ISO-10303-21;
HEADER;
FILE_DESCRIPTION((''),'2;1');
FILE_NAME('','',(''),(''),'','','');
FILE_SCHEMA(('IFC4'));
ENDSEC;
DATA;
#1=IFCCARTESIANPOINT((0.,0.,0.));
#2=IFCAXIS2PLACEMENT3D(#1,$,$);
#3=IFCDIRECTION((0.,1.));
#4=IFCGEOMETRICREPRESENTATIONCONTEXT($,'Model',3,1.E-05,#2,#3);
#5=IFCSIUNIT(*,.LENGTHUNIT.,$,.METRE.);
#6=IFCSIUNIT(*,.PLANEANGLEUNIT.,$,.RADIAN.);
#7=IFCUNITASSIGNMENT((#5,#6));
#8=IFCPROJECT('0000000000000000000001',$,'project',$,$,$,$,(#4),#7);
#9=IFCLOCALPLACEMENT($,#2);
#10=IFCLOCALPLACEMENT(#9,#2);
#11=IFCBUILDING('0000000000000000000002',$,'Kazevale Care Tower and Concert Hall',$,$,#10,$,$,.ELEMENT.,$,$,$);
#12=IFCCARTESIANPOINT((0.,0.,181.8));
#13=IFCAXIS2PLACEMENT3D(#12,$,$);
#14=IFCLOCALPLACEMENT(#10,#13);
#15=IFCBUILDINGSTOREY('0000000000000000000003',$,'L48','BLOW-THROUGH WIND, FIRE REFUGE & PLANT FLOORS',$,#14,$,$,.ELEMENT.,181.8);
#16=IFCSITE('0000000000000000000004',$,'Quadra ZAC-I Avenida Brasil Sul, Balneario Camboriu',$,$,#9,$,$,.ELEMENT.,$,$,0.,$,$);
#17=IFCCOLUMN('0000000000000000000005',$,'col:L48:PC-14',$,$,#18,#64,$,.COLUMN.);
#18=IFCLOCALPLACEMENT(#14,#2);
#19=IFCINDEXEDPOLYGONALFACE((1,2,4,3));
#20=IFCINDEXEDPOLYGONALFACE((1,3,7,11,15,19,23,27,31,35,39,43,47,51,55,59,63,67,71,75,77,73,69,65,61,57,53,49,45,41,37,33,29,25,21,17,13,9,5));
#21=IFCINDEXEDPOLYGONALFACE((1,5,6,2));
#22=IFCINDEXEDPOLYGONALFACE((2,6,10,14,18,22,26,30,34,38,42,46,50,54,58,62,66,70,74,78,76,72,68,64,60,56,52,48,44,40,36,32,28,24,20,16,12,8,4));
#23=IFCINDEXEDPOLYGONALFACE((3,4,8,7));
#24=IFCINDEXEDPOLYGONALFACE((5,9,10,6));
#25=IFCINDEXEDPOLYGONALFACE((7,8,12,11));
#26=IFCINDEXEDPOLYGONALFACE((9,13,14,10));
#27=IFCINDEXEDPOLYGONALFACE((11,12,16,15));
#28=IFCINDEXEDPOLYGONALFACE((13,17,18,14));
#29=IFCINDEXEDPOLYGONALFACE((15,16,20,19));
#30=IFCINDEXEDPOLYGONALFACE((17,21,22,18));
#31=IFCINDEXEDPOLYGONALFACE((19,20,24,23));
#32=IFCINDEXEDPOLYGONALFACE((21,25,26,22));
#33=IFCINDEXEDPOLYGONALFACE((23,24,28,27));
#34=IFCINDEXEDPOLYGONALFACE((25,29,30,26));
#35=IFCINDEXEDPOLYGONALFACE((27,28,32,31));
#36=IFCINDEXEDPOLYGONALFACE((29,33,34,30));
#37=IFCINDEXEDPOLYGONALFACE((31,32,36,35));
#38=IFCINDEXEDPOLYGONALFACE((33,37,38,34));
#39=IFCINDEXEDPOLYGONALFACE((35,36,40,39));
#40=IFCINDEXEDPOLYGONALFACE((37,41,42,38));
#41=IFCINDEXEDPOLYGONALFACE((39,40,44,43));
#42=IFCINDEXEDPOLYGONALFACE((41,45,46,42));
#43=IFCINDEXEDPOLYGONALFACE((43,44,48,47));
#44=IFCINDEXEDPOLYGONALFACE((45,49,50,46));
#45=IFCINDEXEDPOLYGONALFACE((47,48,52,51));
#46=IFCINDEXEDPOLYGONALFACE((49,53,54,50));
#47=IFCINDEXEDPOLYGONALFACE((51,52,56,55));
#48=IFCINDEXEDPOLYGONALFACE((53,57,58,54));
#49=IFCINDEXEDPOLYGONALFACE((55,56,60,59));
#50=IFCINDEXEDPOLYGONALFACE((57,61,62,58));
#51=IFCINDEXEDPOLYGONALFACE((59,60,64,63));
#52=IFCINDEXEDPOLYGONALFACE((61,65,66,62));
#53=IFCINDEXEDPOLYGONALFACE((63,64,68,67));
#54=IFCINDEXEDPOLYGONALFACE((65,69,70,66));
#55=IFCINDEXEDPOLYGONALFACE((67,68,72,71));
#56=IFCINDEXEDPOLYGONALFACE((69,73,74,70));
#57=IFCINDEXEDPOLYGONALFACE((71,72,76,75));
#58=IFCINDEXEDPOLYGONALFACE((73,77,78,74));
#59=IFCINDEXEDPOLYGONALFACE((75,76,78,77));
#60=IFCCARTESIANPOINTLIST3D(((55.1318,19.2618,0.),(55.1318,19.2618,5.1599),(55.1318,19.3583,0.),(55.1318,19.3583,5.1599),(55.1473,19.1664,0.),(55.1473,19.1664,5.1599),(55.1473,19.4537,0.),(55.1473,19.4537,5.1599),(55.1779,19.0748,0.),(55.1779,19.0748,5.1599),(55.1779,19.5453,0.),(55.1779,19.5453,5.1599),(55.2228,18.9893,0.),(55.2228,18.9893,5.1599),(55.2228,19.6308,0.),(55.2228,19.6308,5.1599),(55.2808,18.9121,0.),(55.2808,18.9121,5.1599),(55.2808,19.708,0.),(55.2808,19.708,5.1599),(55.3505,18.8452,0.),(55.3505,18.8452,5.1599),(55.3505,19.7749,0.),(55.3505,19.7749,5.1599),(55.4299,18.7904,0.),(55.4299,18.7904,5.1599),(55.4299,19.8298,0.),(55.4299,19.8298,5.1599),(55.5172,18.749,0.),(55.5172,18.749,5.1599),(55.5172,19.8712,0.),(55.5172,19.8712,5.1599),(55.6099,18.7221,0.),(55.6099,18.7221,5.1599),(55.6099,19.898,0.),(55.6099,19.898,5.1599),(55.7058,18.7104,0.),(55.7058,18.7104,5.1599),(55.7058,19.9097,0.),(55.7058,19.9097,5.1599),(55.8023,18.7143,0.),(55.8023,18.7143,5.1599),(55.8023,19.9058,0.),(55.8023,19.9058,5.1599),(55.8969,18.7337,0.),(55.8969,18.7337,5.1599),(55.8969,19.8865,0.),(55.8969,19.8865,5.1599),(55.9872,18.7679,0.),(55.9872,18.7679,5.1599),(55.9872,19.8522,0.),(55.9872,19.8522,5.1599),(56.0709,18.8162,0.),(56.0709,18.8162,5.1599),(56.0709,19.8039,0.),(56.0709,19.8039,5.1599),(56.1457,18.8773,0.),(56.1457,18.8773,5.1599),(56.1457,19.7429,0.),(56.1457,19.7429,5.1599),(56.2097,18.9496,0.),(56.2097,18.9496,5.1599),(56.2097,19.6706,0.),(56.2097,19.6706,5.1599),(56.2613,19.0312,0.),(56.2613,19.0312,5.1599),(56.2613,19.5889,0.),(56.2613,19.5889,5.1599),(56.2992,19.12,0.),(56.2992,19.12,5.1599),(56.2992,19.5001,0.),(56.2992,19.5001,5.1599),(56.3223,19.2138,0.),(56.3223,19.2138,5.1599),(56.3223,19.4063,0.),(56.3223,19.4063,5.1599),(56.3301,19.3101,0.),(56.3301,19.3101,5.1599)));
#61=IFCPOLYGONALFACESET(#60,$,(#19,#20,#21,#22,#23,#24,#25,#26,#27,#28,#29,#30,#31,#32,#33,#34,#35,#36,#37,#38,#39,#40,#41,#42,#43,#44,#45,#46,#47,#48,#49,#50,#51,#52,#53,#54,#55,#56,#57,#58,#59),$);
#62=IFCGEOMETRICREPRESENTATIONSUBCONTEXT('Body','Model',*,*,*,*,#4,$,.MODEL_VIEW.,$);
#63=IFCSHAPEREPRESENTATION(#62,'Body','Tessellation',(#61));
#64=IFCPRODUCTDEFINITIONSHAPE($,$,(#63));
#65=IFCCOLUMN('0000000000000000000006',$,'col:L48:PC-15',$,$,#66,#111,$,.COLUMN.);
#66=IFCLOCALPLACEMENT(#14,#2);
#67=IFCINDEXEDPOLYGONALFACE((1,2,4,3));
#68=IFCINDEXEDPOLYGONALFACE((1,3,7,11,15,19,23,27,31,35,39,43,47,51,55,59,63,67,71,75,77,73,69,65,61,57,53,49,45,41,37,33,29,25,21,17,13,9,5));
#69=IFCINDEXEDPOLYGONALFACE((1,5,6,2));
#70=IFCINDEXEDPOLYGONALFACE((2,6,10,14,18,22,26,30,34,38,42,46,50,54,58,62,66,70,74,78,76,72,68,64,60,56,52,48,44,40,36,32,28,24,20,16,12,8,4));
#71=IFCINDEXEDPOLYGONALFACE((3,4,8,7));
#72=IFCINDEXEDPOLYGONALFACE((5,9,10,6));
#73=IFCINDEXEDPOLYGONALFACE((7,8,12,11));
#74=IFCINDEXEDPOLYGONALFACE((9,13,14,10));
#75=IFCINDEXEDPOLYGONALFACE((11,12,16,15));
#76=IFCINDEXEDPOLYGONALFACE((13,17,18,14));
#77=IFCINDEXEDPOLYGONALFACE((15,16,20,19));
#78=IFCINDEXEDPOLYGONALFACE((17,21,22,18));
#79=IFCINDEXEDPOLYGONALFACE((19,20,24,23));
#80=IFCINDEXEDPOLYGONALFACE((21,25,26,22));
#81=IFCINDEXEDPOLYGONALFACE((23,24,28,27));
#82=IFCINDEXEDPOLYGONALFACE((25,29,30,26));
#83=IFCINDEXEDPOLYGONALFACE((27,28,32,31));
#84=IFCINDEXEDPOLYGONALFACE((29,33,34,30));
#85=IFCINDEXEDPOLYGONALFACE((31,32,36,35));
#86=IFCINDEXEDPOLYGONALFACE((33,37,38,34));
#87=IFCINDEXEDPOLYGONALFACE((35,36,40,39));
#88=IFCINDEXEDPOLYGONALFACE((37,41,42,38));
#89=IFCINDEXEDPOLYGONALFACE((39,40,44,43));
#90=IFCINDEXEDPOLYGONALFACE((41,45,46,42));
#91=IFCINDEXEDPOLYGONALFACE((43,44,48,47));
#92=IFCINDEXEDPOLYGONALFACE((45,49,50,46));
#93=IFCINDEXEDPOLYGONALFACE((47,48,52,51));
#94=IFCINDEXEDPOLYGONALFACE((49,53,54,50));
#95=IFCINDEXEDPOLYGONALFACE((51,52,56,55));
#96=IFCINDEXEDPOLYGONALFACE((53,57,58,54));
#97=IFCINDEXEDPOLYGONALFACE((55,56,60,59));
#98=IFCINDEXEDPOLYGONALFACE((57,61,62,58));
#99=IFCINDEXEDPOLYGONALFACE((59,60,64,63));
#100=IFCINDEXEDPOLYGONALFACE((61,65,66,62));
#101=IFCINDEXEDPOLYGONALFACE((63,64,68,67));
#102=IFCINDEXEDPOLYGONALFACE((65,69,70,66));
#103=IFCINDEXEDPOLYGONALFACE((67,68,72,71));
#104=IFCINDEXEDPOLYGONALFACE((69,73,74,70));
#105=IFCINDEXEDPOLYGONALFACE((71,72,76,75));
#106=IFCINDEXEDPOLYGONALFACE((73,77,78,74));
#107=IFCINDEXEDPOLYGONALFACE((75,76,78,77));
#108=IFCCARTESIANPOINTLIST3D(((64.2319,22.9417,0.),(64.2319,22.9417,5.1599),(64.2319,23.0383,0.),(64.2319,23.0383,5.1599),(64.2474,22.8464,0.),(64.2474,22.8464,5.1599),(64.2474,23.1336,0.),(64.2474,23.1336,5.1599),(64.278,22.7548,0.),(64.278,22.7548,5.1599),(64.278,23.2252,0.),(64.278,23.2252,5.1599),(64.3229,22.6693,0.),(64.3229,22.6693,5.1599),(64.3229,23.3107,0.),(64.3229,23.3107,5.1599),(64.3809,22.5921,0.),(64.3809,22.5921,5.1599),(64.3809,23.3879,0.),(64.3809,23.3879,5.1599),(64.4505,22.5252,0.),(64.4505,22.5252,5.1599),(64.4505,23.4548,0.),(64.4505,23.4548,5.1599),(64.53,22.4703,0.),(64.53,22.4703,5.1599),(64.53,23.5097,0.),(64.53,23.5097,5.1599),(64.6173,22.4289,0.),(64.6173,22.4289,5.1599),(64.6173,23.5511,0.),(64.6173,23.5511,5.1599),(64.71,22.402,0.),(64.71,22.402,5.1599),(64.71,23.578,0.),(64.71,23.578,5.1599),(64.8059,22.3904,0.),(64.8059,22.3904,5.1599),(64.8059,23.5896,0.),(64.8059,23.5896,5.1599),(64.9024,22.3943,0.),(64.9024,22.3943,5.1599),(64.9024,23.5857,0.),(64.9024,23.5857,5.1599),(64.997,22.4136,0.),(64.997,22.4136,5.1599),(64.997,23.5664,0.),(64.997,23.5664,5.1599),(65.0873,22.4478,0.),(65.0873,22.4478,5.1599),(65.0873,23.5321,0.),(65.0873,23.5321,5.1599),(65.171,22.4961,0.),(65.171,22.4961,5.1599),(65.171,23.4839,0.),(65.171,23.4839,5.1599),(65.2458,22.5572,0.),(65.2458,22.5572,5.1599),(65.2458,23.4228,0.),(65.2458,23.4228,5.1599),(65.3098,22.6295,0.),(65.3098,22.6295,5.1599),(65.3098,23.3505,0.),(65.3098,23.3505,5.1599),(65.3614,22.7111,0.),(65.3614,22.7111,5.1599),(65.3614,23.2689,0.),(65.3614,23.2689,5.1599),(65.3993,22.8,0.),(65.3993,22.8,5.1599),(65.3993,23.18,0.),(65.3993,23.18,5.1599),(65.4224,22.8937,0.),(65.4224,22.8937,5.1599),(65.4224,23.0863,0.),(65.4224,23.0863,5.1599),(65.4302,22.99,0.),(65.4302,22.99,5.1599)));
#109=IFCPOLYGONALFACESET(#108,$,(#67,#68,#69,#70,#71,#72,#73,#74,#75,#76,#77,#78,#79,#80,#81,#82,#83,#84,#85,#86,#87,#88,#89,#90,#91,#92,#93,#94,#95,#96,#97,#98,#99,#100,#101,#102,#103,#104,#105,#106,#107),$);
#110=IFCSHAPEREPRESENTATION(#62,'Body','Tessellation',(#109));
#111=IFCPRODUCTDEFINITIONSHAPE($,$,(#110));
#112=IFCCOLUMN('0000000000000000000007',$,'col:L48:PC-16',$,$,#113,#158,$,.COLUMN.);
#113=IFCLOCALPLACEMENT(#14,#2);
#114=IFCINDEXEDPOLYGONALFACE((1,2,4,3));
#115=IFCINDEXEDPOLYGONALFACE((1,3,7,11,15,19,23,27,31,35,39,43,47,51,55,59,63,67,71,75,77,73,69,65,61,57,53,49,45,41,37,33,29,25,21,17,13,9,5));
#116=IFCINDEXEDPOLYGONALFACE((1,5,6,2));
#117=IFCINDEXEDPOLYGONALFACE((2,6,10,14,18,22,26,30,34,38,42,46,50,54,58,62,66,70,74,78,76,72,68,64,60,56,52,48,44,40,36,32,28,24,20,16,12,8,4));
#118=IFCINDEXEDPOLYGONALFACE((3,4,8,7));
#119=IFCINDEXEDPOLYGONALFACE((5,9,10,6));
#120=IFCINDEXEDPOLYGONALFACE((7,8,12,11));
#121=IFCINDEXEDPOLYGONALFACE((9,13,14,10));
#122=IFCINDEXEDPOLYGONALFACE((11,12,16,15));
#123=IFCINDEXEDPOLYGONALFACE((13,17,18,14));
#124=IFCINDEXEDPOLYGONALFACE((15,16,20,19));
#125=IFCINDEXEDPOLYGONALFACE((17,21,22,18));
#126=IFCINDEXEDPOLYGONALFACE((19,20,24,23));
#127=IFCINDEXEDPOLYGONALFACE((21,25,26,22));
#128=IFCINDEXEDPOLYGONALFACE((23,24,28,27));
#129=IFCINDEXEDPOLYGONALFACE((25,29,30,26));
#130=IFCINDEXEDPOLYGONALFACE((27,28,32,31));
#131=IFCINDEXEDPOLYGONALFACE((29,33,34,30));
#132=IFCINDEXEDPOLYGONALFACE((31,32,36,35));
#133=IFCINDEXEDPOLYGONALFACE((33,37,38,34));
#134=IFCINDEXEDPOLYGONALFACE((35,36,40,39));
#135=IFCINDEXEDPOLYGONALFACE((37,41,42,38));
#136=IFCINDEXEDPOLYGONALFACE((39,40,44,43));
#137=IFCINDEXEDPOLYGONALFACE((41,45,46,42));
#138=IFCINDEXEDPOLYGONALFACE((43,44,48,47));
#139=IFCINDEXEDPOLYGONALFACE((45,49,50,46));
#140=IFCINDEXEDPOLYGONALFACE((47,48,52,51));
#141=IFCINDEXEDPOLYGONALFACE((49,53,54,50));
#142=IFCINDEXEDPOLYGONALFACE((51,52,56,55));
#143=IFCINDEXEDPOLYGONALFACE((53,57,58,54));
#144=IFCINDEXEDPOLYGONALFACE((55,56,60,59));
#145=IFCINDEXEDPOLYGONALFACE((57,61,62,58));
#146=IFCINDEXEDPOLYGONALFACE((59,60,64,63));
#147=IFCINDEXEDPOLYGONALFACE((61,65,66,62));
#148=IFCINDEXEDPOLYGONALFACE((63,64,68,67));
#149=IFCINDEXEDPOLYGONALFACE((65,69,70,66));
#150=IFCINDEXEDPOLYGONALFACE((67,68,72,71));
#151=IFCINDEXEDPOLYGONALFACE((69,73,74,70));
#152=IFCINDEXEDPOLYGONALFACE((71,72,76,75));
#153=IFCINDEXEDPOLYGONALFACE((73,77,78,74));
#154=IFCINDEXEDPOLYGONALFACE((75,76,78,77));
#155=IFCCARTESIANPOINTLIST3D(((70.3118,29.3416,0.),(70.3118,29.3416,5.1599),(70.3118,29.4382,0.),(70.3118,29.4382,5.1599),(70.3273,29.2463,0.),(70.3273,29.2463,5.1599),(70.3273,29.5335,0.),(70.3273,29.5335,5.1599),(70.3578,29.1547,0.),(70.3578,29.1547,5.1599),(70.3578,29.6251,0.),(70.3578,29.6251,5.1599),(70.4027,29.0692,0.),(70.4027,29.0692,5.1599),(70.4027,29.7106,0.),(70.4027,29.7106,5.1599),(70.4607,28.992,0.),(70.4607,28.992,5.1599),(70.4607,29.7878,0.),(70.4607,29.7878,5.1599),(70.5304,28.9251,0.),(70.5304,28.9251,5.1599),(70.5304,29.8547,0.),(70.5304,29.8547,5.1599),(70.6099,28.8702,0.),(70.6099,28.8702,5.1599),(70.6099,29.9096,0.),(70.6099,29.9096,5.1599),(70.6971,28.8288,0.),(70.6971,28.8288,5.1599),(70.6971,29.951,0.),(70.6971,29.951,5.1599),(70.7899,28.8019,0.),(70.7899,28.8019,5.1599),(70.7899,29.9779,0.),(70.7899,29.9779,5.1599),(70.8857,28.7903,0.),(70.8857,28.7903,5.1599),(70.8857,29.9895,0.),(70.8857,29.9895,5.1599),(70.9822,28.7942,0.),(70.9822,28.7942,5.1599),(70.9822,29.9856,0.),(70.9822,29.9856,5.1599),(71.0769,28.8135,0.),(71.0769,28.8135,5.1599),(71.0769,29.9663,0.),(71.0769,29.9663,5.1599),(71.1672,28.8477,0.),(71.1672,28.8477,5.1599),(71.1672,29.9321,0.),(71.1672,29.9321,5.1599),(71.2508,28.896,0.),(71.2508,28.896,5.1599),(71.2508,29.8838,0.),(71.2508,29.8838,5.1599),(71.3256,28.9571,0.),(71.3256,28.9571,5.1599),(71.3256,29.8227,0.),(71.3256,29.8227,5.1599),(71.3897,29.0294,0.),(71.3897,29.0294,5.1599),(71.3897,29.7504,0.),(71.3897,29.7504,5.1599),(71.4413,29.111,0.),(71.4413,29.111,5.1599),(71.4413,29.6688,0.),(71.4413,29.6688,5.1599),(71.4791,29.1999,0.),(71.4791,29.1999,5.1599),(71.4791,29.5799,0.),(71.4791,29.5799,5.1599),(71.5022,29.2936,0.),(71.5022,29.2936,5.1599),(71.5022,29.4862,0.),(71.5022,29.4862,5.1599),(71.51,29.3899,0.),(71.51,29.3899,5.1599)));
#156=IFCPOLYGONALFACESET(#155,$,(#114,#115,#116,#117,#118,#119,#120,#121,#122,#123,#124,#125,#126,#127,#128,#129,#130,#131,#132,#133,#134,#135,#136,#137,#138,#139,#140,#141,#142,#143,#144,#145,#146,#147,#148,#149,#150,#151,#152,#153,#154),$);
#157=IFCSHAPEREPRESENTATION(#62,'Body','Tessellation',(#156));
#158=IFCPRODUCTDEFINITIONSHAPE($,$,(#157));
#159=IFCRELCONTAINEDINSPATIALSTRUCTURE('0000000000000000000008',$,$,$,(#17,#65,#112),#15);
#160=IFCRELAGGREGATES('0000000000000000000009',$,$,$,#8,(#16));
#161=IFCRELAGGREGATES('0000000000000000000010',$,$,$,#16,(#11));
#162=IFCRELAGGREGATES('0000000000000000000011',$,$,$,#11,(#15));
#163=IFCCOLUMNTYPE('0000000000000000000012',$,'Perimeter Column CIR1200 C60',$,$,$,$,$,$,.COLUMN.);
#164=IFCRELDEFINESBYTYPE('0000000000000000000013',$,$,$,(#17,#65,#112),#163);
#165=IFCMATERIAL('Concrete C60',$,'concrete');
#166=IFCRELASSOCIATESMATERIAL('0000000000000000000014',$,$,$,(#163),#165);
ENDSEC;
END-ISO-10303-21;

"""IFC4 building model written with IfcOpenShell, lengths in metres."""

from ifc_helpers import new_model, si_unit, direction, frame, origin, origin_2d, place, context, subcontext, project, spatial, circle, extrude, material, material_profile, profile_set, type_object, element, save


model = new_model("IFC4")

# Units and contexts
model_context = context("Model", 3, precision=1e-05, world=origin(), true_north=direction((0.0, 1.0)))
body_context = subcontext(model_context, "Body", "Model", "MODEL_VIEW")
ifc_project = project(units=[si_unit("LENGTHUNIT", "METRE"), si_unit("PLANEANGLEUNIT", "RADIAN")], contexts=[model_context])

# Site, building, storey
site_placement = place(None, origin())
site = spatial("IfcSite", under=ifc_project, at=site_placement, Name="Quadra ZAC-I Avenida Brasil Sul, Balneario Camboriu", CompositionType="ELEMENT", RefElevation=0.0)
building_placement = place(site_placement, origin())
building = spatial("IfcBuilding", under=site, at=building_placement, Name="Kazevale Care Tower and Concert Hall", CompositionType="ELEMENT")
storey_placement = place(building_placement, frame((0.0, 0.0, 181.8)))
storey = spatial("IfcBuildingStorey", under=building, at=storey_placement, Name="L48", Description="BLOW-THROUGH WIND, FIRE REFUGE & PLANT FLOORS", CompositionType="ELEMENT", Elevation=181.8)

# Columns
ifc_material_1 = material(Name="Concrete C60", Category="concrete")
ifc_material_profile_1 = material_profile(ifc_material_1, circle(Radius=0.6001, at=origin_2d()), Name="RC-CIR1200")
ifc_profile_set_1 = profile_set([ifc_material_profile_1], Name="Concrete C60")
column_type = type_object("IfcColumnType", Name="Perimeter Column CIR1200 C60", PredefinedType="COLUMN", material=ifc_profile_set_1)
for number, where, z_axis, x_axis, name in (
    (1, (55.73, 19.3101, 0.0), (0.0, 0.0, 1.0), (1.0, 0.0, 0.0), "col:L48:PC-14"),
    (2, (64.8301, 22.99, 0.0), (0.0, 0.0, 1.0), (1.0, 0.0, 0.0), "col:L48:PC-15"),
    (3, (70.9099, 29.3899, 0.0), (0.0, 0.0, 1.0), (1.0, 0.0, 0.0), "col:L48:PC-16"),
):
    element("IfcColumn", number, at=place(storey_placement, frame(where, z_axis=z_axis, x_axis=x_axis)), inside=storey, type_object=column_type, Name=name, PredefinedType="COLUMN", context=body_context, shape_type="SweptSolid", body=[
        extrude(circle(Radius=0.6001, at=origin_2d()), origin(), (0.0, 0.0, 1.0), 5.1599),
    ])

save(model, "model.ifc")
